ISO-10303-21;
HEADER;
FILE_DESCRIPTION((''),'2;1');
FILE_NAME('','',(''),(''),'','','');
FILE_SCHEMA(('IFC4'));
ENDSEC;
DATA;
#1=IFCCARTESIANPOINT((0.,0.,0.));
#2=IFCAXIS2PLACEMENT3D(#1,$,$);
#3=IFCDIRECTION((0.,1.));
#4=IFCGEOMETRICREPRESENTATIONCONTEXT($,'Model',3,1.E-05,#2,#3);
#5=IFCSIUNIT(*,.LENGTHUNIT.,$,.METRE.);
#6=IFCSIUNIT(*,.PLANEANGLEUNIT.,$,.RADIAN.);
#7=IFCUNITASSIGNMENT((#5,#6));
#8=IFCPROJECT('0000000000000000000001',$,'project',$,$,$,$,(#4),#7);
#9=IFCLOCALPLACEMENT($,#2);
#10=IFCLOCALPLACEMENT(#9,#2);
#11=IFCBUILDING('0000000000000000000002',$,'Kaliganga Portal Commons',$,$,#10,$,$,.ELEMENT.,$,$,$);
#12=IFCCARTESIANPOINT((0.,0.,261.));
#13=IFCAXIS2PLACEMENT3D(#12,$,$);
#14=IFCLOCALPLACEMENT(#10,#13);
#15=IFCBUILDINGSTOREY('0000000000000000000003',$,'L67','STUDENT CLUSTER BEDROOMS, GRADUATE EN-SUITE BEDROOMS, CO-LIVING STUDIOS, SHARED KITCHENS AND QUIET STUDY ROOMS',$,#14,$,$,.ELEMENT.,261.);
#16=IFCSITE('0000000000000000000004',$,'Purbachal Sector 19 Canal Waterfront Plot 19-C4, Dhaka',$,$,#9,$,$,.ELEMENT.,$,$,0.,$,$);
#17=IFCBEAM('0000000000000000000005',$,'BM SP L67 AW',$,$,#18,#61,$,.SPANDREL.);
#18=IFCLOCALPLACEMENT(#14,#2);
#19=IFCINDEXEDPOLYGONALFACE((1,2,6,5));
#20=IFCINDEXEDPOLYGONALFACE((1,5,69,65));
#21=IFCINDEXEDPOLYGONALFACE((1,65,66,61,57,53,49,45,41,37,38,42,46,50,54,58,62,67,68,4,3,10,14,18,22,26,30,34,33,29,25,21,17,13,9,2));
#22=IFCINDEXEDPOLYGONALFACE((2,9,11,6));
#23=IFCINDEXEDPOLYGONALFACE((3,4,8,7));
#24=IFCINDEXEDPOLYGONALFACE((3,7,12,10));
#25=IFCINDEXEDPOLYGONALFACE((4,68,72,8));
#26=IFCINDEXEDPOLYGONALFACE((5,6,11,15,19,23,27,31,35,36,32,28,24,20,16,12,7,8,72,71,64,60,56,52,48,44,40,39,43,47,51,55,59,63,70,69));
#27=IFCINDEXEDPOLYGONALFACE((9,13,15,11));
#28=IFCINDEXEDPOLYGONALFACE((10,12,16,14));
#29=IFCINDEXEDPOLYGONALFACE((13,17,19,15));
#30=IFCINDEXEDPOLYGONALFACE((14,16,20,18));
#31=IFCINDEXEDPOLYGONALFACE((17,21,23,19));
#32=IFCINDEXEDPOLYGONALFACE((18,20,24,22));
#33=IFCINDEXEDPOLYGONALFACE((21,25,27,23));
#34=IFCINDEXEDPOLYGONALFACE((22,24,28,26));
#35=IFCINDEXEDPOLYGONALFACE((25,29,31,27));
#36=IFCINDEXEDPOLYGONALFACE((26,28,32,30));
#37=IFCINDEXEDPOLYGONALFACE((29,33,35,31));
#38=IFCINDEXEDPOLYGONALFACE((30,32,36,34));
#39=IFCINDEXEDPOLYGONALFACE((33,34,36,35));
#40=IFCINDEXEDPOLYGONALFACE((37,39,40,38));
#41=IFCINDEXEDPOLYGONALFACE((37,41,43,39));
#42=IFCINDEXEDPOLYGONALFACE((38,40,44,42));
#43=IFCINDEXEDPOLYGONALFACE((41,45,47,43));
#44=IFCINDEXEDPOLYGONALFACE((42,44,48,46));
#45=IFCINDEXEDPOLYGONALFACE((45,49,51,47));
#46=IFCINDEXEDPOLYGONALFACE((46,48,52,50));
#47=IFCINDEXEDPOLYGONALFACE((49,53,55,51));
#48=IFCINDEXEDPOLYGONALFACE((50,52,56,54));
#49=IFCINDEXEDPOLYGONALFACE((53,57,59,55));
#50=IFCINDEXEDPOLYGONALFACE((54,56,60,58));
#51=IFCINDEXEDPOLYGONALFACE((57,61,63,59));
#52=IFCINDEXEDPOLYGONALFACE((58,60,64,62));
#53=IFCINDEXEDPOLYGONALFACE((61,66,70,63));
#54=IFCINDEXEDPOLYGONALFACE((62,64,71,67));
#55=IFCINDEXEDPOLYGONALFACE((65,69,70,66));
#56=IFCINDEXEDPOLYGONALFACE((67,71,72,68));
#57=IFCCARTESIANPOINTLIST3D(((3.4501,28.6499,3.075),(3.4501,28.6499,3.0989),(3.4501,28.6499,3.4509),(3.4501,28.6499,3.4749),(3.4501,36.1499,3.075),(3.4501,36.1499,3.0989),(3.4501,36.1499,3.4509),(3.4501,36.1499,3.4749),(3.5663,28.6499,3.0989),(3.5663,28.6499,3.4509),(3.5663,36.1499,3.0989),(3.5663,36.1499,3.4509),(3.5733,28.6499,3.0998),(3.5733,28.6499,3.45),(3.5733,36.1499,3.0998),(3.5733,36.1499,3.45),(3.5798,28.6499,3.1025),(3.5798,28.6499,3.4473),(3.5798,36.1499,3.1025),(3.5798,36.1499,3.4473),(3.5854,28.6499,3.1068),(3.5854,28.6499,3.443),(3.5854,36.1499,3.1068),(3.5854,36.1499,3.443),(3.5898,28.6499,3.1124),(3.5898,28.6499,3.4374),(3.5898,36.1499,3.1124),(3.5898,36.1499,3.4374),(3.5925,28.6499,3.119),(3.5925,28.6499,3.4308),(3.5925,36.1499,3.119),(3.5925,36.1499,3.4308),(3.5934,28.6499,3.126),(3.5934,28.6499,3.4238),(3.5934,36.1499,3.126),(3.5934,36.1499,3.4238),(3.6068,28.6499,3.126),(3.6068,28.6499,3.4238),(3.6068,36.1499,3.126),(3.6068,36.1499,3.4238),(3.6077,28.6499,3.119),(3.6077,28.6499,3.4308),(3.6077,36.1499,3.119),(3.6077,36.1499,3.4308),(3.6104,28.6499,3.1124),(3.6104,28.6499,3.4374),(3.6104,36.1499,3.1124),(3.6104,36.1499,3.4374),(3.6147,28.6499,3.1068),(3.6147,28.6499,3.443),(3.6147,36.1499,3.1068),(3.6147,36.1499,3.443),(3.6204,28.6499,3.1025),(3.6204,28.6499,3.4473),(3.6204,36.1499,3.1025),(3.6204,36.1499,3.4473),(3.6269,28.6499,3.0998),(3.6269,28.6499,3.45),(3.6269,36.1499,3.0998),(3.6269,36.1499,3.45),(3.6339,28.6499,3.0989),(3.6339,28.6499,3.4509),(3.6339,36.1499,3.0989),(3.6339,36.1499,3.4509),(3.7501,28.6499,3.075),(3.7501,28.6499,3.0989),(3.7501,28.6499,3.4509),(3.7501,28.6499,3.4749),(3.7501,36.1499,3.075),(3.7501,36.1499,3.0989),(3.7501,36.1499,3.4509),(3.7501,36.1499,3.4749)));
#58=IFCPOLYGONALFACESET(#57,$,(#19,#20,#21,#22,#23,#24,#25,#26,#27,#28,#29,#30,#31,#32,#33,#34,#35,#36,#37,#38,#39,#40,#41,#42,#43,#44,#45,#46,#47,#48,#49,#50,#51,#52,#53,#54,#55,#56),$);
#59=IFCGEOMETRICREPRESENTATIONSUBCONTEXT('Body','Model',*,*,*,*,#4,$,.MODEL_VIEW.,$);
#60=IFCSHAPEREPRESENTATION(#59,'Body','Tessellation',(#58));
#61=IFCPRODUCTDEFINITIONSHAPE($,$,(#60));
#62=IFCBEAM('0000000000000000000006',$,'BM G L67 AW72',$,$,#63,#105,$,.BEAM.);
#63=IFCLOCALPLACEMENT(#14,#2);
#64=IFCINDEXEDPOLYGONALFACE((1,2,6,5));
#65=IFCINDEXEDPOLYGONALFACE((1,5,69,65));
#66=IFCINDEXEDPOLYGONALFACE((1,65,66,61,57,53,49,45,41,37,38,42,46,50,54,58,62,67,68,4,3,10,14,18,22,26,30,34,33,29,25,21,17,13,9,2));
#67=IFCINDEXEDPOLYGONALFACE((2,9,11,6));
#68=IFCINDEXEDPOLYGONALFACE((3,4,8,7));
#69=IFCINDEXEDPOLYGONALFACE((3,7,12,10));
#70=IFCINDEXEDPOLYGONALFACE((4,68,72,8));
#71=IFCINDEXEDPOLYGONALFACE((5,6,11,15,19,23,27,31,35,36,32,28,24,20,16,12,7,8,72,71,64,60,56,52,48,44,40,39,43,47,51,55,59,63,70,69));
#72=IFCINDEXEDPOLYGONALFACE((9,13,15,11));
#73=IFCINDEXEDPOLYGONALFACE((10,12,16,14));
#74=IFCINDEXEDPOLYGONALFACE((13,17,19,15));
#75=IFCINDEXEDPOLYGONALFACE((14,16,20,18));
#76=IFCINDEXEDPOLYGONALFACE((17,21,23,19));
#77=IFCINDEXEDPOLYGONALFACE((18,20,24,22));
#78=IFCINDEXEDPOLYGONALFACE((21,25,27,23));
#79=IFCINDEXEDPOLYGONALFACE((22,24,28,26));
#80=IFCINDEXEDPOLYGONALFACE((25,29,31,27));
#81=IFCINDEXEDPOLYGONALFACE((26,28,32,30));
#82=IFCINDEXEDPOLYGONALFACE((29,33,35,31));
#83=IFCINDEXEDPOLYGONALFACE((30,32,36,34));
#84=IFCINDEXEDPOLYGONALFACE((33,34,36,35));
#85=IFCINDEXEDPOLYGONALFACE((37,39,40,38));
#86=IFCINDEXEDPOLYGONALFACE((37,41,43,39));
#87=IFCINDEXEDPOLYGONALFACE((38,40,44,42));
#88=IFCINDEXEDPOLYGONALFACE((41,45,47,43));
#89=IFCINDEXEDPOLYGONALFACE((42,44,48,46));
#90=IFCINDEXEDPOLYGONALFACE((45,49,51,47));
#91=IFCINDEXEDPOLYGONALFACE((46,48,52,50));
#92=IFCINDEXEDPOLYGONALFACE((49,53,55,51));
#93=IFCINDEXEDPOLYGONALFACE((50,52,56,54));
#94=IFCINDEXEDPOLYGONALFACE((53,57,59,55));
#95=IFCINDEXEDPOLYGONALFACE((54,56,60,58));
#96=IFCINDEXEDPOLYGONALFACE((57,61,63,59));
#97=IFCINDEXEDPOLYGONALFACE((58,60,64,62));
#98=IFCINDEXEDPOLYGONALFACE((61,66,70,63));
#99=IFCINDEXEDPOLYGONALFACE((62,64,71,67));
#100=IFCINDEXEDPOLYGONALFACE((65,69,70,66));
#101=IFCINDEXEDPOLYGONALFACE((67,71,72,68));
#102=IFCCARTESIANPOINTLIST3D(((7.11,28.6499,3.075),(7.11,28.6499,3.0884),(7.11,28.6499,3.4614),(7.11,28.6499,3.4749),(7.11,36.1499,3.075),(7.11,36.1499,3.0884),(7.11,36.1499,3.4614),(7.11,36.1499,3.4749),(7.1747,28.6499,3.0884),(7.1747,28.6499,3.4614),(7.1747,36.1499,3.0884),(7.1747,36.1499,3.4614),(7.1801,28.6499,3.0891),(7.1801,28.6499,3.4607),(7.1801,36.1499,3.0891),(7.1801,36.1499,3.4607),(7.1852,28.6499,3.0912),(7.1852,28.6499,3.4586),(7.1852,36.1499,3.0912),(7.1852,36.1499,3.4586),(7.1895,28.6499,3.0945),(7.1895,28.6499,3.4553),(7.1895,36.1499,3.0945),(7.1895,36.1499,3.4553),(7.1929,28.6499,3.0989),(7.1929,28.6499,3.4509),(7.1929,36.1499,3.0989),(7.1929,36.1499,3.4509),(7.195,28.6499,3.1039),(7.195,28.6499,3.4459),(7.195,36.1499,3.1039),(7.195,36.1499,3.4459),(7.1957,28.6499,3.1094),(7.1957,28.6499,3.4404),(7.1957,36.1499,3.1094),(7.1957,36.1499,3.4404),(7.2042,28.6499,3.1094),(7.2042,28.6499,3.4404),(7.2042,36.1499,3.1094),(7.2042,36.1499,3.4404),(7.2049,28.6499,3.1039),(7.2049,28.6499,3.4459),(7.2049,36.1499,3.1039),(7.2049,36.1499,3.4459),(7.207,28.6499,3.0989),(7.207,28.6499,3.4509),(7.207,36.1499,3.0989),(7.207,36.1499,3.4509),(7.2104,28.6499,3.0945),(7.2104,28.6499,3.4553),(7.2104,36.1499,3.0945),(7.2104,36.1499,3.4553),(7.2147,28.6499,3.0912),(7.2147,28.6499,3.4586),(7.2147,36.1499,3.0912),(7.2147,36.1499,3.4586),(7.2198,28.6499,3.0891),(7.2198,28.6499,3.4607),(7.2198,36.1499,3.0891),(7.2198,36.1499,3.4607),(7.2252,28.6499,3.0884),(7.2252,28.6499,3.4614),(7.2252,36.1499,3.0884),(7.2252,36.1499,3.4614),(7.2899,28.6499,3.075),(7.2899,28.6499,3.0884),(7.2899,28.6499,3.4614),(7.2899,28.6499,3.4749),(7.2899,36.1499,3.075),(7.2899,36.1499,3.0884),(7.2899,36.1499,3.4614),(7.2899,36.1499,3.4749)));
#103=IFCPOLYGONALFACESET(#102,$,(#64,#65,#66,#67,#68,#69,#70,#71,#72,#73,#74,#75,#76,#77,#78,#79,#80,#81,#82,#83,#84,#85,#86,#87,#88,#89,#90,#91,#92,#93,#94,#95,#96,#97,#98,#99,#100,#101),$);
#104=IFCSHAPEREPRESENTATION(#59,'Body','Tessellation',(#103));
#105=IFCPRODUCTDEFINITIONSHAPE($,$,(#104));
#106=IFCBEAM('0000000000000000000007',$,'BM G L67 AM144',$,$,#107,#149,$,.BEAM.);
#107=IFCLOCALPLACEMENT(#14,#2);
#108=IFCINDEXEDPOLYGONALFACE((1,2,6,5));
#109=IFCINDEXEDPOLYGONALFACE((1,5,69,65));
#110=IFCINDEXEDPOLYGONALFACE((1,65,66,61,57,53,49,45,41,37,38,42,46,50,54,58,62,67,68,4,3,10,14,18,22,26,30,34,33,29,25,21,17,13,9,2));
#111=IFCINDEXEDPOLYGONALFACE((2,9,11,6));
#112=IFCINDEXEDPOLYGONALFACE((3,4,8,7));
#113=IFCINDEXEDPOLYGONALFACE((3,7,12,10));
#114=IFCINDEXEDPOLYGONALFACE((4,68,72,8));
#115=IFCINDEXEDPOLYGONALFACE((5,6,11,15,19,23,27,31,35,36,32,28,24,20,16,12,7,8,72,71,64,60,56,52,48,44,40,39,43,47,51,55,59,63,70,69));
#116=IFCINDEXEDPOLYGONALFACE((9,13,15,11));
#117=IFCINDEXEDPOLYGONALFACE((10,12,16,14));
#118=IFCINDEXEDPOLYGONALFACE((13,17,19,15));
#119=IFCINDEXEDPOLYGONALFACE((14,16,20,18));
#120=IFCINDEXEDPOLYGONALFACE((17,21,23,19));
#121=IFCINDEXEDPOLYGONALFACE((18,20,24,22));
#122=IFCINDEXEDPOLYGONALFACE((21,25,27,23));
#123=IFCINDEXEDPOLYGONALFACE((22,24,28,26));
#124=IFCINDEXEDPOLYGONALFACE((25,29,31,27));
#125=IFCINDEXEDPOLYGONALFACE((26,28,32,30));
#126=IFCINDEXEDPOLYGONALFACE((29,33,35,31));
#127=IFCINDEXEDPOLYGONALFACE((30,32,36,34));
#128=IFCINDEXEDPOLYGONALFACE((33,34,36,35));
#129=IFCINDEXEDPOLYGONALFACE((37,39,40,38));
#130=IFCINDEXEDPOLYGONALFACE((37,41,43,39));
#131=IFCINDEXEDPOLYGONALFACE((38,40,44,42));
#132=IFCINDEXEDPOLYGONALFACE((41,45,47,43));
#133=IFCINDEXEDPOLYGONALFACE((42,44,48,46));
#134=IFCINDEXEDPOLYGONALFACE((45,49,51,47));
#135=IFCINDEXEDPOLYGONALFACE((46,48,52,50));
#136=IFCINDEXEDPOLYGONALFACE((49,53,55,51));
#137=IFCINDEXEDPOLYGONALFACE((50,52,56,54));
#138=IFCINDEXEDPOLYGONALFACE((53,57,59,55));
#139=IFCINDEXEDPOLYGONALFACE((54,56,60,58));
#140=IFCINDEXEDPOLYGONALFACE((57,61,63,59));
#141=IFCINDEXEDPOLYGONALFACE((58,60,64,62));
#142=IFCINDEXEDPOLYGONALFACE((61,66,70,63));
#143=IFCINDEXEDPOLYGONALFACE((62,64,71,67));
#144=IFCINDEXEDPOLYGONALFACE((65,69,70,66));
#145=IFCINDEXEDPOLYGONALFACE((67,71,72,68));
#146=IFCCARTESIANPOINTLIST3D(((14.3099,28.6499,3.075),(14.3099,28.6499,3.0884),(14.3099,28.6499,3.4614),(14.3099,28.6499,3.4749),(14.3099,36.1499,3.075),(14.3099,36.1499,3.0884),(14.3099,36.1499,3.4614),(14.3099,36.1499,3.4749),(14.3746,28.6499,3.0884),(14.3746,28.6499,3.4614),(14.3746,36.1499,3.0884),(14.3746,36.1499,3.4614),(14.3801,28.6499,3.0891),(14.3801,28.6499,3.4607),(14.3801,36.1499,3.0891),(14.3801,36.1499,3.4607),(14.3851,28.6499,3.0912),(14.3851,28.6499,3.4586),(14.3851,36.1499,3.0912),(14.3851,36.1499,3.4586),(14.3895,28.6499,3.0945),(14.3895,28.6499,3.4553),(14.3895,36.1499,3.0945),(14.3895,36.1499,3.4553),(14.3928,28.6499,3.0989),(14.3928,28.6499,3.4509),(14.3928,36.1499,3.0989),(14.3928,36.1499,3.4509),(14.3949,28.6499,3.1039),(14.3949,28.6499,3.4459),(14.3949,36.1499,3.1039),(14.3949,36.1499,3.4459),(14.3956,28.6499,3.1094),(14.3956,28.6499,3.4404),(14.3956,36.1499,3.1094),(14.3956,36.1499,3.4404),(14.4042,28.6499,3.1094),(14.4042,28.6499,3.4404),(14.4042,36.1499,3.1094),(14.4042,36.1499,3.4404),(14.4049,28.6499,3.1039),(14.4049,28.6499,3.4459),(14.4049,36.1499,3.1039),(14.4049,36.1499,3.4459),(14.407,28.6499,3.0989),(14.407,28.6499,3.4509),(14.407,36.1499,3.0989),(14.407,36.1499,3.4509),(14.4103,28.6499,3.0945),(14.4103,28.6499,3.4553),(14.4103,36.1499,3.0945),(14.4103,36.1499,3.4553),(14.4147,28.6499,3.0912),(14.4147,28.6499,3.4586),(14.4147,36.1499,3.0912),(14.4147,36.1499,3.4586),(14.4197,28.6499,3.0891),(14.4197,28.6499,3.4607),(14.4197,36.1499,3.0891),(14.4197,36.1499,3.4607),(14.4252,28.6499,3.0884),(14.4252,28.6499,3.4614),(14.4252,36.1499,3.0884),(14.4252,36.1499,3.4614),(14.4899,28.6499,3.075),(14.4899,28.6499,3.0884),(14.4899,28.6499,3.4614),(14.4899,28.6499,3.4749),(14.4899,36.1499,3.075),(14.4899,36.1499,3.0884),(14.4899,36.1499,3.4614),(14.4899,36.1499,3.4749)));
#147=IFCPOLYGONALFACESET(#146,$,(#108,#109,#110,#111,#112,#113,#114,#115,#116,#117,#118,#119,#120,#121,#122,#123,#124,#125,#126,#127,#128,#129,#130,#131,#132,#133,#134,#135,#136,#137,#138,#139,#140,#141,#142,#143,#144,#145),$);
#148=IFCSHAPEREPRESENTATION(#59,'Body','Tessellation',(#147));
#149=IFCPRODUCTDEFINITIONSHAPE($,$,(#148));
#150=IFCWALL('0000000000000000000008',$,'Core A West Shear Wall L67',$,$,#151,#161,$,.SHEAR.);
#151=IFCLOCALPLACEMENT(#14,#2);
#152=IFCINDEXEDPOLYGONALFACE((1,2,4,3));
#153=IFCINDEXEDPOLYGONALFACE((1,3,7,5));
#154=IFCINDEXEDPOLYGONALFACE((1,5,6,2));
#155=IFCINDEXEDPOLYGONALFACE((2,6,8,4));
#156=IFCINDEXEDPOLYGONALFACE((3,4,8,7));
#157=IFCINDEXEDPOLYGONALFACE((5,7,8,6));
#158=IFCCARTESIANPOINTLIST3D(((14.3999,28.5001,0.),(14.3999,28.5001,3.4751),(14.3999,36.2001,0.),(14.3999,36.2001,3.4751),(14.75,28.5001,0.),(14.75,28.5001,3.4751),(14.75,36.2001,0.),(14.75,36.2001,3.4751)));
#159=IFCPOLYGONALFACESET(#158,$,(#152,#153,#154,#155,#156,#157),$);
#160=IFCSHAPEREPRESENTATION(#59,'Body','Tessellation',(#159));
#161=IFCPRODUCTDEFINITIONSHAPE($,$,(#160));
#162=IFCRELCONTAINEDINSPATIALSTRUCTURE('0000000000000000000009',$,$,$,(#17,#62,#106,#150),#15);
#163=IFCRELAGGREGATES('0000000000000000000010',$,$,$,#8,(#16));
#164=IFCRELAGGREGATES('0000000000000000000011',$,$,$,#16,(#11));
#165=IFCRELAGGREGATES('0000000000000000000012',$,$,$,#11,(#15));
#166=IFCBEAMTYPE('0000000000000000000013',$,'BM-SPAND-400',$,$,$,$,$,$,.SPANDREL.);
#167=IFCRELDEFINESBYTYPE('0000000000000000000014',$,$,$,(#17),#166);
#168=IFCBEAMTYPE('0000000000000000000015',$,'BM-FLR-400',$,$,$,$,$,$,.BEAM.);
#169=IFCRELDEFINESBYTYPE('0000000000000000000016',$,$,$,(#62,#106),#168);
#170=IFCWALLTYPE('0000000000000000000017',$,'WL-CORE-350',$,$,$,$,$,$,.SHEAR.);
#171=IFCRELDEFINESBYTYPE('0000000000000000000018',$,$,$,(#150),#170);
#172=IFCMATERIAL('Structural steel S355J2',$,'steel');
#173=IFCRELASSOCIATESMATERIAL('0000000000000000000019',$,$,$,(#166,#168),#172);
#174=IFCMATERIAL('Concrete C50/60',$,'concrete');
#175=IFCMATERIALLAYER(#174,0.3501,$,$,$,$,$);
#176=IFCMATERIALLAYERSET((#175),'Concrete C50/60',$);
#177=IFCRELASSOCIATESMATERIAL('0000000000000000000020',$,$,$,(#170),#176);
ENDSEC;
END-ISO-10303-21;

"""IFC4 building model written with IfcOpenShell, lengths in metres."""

from ifc_helpers import new_model, si_unit, direction, frame, frame_2d, origin, origin_2d, place, context, subcontext, project, spatial, rectangle, i_section, extrude, source, transform, mapped, material, layer, layer_set, material_profile, profile_set, type_object, element, save


model = new_model("IFC4")

# Units and contexts
model_context = context("Model", 3, precision=1e-05, world=origin(), true_north=direction((0.0, 1.0)))
body_context = subcontext(model_context, "Body", "Model", "MODEL_VIEW")
ifc_project = project(units=[si_unit("LENGTHUNIT", "METRE"), si_unit("PLANEANGLEUNIT", "RADIAN")], contexts=[model_context])

# Site, building, storey
site_placement = place(None, origin())
site = spatial("IfcSite", under=ifc_project, at=site_placement, Name="Purbachal Sector 19 Canal Waterfront Plot 19-C4, Dhaka", CompositionType="ELEMENT", RefElevation=0.0)
building_placement = place(site_placement, origin())
building = spatial("IfcBuilding", under=site, at=building_placement, Name="Kaliganga Portal Commons", CompositionType="ELEMENT")
storey_placement = place(building_placement, frame((0.0, 0.0, 261.0)))
storey = spatial("IfcBuildingStorey", under=building, at=storey_placement, Name="L67", Description="STUDENT CLUSTER BEDROOMS, GRADUATE EN-SUITE BEDROOMS, CO-LIVING STUDIOS, SHARED KITCHENS AND QUIET STUDY ROOMS", CompositionType="ELEMENT", Elevation=261.0)

# Shared definitions
ifc_material_1 = material(Name="Concrete C50/60", Category="concrete")
ifc_material_2 = material(Name="Structural steel S355J2", Category="steel")

# Beams
ifc_material_profile_1 = material_profile(ifc_material_2, i_section(OverallWidth=0.3, OverallDepth=0.3999, WebThickness=0.0134, FlangeThickness=0.0239, FilletRadius=0.0271, at=origin_2d()), Name="HE 400 B")
ifc_profile_set_1 = profile_set([ifc_material_profile_1], Name="Structural steel S355J2 wide-flange")
beam_type_1 = type_object("IfcBeamType", Name="BM-SPAND-400", PredefinedType="SPANDREL", material=ifc_profile_set_1)
shared_shape_1 = source(origin(), body_context, "Body", "SweptSolid", [
    extrude(i_section(OverallWidth=0.3, OverallDepth=0.3999, WebThickness=0.0134, FlangeThickness=0.0239, FilletRadius=0.0271, at=origin_2d()), origin(), (0.0, 0.0, 1.0), 7.5),
])
beam_1_placement = place(storey_placement, frame((3.6001, 28.6499, 3.2749), z_axis=(0.0, 1.0, 0.0), x_axis=(-1.0, 0.0, 0.0)))
element("IfcBeam", 1, at=beam_1_placement, inside=storey, type_object=beam_type_1, Name="BM SP L67 AW", PredefinedType="SPANDREL", context=body_context, shape_type="MappedRepresentation", body=[
    mapped(shared_shape_1, transform((0.0, 0.0, 0.0), x_axis=(1.0, 0.0, 0.0), y_axis=(0.0, 1.0, 0.0), z_axis=(0.0, 0.0, 1.0), scale=1.0)),
])
ifc_material_profile_2 = material_profile(ifc_material_2, i_section(OverallWidth=0.1799, OverallDepth=0.3999, WebThickness=0.0085, FlangeThickness=0.0134, FilletRadius=0.021, at=origin_2d()), Name="IPE 400")
ifc_profile_set_2 = profile_set([ifc_material_profile_2], Name="Structural steel S355J2 wide-flange")
beam_type_2 = type_object("IfcBeamType", Name="BM-FLR-400", PredefinedType="BEAM", material=ifc_profile_set_2)
shared_shape_2 = source(origin(), body_context, "Body", "SweptSolid", [
    extrude(i_section(OverallWidth=0.1799, OverallDepth=0.3999, WebThickness=0.0085, FlangeThickness=0.0134, FilletRadius=0.021, at=origin_2d()), origin(), (0.0, 0.0, 1.0), 7.5),
])
for number, where, z_axis, x_axis, name in (
    (2, (7.2, 28.6499, 3.2749), (0.0, 1.0, 0.0), (-1.0, 0.0, 0.0), "BM G L67 AW72"),
    (3, (14.3999, 28.6499, 3.2749), (0.0, 1.0, 0.0), (-1.0, 0.0, 0.0), "BM G L67 AM144"),
):
    element("IfcBeam", number, at=place(storey_placement, frame(where, z_axis=z_axis, x_axis=x_axis)), inside=storey, type_object=beam_type_2, Name=name, PredefinedType="BEAM", context=body_context, shape_type="MappedRepresentation", body=[
        mapped(shared_shape_2, transform((0.0, 0.0, 0.0), x_axis=(1.0, 0.0, 0.0), y_axis=(0.0, 1.0, 0.0), z_axis=(0.0, 0.0, 1.0), scale=1.0)),
    ])

# Wall
ifc_layer_1 = layer(ifc_material_1, 0.3501)
ifc_layer_set_1 = layer_set([ifc_layer_1], Name="Concrete C50/60")
wall_type_1 = type_object("IfcWallType", Name="WL-CORE-350", PredefinedType="SHEAR", material=ifc_layer_set_1)
wall_1_placement = place(storey_placement, frame((14.575, 28.5, 0.0), z_axis=(0.0, 0.0, 1.0), x_axis=(0.0, 1.0, 0.0)))
element("IfcWall", 4, at=wall_1_placement, inside=storey, type_object=wall_type_1, Name="Core A West Shear Wall L67", PredefinedType="SHEAR", context=body_context, shape_type="SweptSolid", body=[
    extrude(rectangle(XDim=7.7, YDim=0.3501, at=frame_2d((3.8501, 0.0))), origin(), (0.0, 0.0, 1.0), 3.4751),
])

save(model, "model.ifc")
